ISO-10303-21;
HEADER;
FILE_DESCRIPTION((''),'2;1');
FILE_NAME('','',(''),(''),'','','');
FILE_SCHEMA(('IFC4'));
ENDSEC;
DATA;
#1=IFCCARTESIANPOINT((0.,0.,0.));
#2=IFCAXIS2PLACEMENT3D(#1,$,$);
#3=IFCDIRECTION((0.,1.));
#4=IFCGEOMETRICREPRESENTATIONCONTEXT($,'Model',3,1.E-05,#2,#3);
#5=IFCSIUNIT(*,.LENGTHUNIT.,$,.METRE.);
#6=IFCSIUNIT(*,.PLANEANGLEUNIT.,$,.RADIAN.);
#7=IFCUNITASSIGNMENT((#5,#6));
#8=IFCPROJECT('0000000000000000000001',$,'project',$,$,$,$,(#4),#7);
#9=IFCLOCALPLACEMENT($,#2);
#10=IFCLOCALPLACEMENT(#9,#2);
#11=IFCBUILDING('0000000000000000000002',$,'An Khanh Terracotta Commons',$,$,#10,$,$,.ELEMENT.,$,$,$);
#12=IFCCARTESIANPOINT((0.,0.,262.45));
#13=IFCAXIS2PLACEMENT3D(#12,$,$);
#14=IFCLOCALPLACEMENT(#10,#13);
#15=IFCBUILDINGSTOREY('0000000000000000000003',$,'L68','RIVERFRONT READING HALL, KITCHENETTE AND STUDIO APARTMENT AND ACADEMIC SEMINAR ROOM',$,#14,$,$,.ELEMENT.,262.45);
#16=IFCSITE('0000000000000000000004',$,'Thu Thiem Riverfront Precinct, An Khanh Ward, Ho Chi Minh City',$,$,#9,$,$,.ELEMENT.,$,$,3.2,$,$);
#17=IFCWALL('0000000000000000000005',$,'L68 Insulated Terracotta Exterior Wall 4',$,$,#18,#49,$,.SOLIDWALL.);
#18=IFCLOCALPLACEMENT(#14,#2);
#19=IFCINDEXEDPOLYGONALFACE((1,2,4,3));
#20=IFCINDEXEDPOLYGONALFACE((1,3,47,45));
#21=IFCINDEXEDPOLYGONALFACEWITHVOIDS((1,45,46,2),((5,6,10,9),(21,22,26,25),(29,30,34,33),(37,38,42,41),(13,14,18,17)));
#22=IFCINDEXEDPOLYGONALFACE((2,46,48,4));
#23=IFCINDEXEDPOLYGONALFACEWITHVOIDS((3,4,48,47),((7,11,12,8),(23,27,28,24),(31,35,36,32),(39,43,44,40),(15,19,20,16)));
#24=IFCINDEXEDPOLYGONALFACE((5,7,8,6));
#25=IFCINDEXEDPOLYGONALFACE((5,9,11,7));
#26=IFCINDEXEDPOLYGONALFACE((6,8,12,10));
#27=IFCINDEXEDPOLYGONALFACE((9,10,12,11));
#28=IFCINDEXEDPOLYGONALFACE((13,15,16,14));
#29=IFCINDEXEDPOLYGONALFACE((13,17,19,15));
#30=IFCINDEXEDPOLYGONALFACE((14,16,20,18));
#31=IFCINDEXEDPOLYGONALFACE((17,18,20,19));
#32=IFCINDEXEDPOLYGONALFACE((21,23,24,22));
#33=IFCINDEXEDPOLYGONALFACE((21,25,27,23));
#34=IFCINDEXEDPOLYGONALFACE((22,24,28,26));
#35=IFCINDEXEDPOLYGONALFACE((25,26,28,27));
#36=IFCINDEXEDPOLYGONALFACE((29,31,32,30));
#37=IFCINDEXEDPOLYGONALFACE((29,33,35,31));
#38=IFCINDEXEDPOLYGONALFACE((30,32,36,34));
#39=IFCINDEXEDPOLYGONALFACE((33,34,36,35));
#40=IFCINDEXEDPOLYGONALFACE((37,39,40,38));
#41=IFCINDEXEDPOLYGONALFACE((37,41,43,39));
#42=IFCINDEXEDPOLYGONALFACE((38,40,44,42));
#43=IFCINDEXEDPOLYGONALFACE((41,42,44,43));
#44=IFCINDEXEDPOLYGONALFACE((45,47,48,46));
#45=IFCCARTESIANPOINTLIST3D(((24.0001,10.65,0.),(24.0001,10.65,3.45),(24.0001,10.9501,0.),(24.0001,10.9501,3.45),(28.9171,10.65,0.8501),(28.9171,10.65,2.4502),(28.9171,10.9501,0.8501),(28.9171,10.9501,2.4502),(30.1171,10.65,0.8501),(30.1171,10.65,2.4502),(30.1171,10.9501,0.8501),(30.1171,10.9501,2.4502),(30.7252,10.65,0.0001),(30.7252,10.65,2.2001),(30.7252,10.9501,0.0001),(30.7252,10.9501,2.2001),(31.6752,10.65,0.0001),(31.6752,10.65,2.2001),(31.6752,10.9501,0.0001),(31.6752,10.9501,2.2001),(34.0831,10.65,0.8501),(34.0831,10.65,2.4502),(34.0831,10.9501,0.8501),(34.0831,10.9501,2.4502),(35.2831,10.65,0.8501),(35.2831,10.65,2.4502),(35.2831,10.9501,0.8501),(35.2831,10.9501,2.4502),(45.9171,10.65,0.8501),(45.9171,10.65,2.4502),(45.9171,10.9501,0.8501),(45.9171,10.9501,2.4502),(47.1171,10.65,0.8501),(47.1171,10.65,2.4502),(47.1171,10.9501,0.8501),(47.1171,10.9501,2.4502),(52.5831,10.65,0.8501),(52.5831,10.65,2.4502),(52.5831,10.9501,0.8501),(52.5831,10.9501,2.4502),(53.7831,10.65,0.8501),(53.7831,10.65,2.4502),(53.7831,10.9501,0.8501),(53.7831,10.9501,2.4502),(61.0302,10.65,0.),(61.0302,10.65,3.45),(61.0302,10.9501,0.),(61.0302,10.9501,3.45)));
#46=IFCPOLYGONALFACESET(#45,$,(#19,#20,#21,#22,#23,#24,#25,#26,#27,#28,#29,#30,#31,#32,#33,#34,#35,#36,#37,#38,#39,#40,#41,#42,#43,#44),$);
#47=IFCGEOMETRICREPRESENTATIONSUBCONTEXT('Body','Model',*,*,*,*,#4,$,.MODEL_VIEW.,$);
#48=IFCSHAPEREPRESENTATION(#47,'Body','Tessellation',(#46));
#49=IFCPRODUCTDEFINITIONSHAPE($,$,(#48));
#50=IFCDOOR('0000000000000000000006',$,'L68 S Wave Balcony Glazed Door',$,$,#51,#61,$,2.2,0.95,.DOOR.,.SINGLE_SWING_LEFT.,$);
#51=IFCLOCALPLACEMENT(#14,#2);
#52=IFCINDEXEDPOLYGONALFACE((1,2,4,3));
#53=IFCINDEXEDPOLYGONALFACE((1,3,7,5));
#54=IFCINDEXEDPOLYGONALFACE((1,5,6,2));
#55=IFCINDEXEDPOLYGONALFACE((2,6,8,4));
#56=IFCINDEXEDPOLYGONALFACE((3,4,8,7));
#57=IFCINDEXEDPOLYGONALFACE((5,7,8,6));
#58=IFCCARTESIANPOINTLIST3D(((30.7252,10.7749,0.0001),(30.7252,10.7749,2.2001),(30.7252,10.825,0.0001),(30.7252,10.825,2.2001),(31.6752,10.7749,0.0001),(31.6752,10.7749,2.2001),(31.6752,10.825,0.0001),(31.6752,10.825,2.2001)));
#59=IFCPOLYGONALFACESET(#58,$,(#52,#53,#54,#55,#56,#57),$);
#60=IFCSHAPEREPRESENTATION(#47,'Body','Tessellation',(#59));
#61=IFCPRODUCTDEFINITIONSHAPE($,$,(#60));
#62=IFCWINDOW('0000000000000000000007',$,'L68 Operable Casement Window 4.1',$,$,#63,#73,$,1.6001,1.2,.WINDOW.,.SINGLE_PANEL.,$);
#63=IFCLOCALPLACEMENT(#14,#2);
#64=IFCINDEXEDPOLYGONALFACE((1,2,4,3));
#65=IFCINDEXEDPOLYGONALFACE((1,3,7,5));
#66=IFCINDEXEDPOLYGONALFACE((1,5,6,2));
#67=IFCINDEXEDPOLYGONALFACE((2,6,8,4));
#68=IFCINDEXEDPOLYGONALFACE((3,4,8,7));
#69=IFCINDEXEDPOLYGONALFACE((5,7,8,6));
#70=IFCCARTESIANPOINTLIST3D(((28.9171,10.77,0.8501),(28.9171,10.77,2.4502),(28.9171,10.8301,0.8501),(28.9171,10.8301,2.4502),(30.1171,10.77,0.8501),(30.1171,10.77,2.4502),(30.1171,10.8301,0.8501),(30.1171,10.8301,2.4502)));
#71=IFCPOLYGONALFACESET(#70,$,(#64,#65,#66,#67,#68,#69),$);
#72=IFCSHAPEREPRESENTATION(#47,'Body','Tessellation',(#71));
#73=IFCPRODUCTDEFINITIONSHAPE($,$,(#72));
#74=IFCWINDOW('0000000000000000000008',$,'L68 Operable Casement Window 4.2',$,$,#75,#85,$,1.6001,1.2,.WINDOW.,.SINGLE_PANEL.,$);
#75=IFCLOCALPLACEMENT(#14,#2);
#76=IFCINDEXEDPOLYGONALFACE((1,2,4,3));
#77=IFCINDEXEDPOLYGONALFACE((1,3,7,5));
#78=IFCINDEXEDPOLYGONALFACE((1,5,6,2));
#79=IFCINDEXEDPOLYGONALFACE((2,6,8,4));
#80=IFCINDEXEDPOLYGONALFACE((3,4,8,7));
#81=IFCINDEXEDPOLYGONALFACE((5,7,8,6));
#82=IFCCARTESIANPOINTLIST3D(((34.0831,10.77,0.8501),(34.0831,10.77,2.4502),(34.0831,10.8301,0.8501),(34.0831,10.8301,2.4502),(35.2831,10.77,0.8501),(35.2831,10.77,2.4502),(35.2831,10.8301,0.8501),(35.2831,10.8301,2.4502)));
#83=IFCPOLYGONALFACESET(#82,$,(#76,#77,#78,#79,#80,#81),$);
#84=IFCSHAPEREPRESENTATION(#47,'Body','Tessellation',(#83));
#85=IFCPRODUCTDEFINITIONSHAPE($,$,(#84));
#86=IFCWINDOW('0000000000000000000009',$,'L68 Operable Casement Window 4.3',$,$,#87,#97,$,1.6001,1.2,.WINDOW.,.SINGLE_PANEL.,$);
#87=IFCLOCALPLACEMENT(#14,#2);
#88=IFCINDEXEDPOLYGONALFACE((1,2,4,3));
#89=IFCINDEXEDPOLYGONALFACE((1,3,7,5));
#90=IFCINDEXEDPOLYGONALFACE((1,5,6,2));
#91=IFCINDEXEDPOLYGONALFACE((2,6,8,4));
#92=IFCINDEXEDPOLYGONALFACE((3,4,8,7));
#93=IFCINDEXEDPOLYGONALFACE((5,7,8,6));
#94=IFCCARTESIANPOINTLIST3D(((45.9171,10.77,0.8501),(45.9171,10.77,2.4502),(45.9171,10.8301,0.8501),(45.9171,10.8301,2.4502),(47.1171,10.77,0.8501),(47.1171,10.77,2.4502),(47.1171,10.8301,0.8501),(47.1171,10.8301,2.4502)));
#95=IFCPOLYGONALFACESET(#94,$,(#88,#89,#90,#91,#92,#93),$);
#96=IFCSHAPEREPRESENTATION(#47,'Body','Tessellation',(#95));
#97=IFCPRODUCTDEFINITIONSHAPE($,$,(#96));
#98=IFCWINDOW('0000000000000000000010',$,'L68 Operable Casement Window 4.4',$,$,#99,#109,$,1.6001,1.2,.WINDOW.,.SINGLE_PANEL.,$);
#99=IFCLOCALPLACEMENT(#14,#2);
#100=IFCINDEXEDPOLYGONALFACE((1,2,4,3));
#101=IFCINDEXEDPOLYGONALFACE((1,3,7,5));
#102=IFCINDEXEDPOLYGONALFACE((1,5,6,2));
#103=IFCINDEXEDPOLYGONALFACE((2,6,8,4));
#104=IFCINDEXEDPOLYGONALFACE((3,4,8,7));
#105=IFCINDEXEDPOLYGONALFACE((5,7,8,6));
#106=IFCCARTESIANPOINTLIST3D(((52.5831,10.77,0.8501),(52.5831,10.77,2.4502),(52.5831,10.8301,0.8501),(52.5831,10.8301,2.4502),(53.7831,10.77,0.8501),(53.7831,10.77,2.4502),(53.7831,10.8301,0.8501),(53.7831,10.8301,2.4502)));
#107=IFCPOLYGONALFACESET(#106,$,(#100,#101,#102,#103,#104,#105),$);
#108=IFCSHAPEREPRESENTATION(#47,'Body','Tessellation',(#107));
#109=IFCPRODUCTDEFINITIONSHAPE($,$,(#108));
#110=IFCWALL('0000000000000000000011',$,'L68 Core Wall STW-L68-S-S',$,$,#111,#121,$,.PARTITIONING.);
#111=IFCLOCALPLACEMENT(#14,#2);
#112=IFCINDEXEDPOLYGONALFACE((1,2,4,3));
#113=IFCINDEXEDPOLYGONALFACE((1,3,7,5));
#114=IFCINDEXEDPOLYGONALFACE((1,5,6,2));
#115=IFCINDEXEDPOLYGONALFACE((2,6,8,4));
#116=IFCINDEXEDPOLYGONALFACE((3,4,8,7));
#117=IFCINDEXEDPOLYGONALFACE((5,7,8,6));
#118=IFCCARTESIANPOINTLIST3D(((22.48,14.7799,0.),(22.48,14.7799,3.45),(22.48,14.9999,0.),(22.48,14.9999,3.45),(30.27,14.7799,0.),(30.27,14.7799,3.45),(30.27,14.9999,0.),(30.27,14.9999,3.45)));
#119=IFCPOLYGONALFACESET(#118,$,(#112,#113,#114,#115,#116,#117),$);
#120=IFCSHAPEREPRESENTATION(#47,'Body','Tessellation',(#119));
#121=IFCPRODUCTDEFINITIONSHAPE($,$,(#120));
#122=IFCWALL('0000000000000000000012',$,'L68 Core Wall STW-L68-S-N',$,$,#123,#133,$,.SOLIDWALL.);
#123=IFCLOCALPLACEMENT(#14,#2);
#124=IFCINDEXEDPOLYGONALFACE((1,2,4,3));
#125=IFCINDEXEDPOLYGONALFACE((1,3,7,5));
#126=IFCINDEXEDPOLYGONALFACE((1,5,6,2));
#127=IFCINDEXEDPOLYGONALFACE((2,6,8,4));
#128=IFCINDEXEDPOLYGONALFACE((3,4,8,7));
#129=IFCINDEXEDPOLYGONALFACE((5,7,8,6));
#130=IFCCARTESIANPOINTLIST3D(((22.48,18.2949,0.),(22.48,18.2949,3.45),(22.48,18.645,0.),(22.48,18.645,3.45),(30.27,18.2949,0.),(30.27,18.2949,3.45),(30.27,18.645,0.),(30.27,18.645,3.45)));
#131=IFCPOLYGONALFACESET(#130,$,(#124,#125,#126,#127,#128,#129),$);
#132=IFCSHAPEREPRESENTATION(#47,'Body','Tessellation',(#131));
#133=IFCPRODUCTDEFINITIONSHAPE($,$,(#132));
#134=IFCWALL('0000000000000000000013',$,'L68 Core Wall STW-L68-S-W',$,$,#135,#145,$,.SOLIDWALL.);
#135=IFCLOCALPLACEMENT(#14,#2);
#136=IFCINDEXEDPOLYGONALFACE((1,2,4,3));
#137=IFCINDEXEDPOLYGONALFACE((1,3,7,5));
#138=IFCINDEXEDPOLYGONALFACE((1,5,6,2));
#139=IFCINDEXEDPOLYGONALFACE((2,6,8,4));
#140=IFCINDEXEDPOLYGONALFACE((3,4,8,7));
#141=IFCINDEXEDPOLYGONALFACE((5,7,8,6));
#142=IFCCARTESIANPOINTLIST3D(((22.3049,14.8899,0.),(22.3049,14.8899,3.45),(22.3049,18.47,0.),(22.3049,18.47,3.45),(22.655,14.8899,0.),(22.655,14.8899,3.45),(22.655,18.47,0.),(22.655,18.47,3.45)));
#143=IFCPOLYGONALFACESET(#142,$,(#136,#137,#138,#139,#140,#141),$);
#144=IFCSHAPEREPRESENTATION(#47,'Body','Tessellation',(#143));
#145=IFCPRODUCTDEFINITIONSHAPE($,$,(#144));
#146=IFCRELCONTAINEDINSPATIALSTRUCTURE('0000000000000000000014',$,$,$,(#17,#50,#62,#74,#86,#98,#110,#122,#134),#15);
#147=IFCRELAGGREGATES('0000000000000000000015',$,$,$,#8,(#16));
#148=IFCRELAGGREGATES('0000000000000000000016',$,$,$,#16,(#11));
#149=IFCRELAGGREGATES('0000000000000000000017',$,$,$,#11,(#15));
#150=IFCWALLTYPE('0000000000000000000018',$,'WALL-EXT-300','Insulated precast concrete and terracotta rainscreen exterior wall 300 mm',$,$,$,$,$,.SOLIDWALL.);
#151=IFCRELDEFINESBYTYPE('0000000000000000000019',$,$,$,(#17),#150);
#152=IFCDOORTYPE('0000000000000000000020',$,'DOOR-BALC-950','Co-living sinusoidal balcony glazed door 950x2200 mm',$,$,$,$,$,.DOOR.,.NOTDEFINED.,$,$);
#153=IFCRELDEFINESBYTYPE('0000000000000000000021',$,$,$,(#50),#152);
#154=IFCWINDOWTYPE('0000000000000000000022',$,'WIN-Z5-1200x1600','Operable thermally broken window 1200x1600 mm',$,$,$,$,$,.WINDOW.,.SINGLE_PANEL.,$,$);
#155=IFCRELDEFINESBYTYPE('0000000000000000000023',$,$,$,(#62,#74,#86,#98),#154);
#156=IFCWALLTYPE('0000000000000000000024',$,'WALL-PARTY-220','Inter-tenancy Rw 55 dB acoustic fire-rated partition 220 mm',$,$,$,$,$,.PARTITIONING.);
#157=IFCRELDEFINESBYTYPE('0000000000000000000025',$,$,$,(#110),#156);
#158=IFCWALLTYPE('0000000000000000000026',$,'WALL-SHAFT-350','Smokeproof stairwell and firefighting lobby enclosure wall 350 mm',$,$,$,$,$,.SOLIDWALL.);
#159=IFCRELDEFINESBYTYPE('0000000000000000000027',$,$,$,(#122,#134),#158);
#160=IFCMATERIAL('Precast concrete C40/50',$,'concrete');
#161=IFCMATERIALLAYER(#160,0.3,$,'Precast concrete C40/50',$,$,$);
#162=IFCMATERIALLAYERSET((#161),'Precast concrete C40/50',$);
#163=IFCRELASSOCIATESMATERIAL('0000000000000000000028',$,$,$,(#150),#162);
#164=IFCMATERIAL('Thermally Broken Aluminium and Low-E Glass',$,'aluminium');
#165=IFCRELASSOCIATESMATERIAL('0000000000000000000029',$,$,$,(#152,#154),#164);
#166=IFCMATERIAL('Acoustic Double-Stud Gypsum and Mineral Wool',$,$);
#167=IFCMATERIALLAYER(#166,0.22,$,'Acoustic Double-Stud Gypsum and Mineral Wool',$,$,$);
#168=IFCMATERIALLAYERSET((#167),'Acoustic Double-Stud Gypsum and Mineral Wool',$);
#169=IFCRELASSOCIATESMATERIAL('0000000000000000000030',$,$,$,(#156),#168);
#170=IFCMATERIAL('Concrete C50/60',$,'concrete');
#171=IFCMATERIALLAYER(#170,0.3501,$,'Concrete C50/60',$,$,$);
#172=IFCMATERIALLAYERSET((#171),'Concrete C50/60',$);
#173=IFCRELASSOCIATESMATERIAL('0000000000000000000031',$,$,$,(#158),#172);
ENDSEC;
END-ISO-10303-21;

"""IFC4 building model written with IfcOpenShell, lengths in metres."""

from ifc_helpers import new_model, si_unit, direction, frame, frame_2d, origin, place, context, subcontext, project, spatial, rectangle, extrude, material, layer, layer_set, type_object, element, fill, save


model = new_model("IFC4")

# Units and contexts
model_context = context("Model", 3, precision=1e-05, world=origin(), true_north=direction((0.0, 1.0)))
body_context = subcontext(model_context, "Body", "Model", "MODEL_VIEW")
ifc_project = project(units=[si_unit("LENGTHUNIT", "METRE"), si_unit("PLANEANGLEUNIT", "RADIAN")], contexts=[model_context])

# Site, building, storey
site_placement = place(None, origin())
site = spatial("IfcSite", under=ifc_project, at=site_placement, Name="Thu Thiem Riverfront Precinct, An Khanh Ward, Ho Chi Minh City", CompositionType="ELEMENT", RefElevation=3.2)
building_placement = place(site_placement, origin())
building = spatial("IfcBuilding", under=site, at=building_placement, Name="An Khanh Terracotta Commons", CompositionType="ELEMENT")
storey_placement = place(building_placement, frame((0.0, 0.0, 262.45)))
storey = spatial("IfcBuildingStorey", under=building, at=storey_placement, Name="L68", Description="RIVERFRONT READING HALL, KITCHENETTE AND STUDIO APARTMENT AND ACADEMIC SEMINAR ROOM", CompositionType="ELEMENT", Elevation=262.45)

# Shared definitions
ifc_material_1 = material(Name="Concrete C50/60", Category="concrete")

# Shared definitions
ifc_material_2 = material(Name="Precast concrete C40/50", Category="concrete")

# Shared definitions
ifc_layer_1 = layer(ifc_material_2, 0.3, Name="Precast concrete C40/50")
ifc_layer_set_1 = layer_set([ifc_layer_1], Name="Precast concrete C40/50")
wall_type_1 = type_object("IfcWallType", Name="WALL-EXT-300", Description="Insulated precast concrete and terracotta rainscreen exterior wall 300 mm", PredefinedType="SOLIDWALL", material=ifc_layer_set_1)

# Wall, openings, door, windows
wall_1_placement = place(storey_placement, frame((24.0, 10.8, 0.0), z_axis=(0.0, 0.0, 1.0), x_axis=(1.0, 0.0, 0.0)))
wall_1 = element("IfcWall", 1, at=wall_1_placement, inside=storey, type_object=wall_type_1, Name="L68 Insulated Terracotta Exterior Wall 4", PredefinedType="SOLIDWALL", context=body_context, shape_type="SweptSolid", body=[
    extrude(rectangle(XDim=37.03, YDim=0.3, at=frame_2d((18.5151, 0.0))), origin(), (0.0, 0.0, 1.0), 3.45),
])
opening_1_placement = place(wall_1_placement, frame((6.7251, 0.0, 0.0)))
opening_1 = element("IfcOpeningElement", 2, at=opening_1_placement, cuts=wall_1, PredefinedType="OPENING", context=body_context, shape_type="SweptSolid", body=[
    extrude(rectangle(XDim=0.95, YDim=2.2, at=frame_2d((0.4751, 1.1001))), frame((0.0, 0.1599, 0.0), z_axis=(0.0, -1.0, 0.0), x_axis=(1.0, 0.0, 0.0)), (0.0, 0.0, 1.0), 0.3201),
])
opening_2_placement = place(wall_1_placement, frame((4.917, 0.0, 0.8501)))
opening_2 = element("IfcOpeningElement", 3, at=opening_2_placement, cuts=wall_1, PredefinedType="OPENING", context=body_context, shape_type="SweptSolid", body=[
    extrude(rectangle(XDim=1.2, YDim=1.6001, at=frame_2d((0.6001, 0.8))), frame((0.0, 0.1599, 0.0), z_axis=(0.0, -1.0, 0.0), x_axis=(1.0, 0.0, 0.0)), (0.0, 0.0, 1.0), 0.3201),
])
opening_3_placement = place(wall_1_placement, frame((10.083, 0.0, 0.8501)))
opening_3 = element("IfcOpeningElement", 4, at=opening_3_placement, cuts=wall_1, PredefinedType="OPENING", context=body_context, shape_type="SweptSolid", body=[
    extrude(rectangle(XDim=1.2, YDim=1.6001, at=frame_2d((0.6001, 0.8))), frame((0.0, 0.1599, 0.0), z_axis=(0.0, -1.0, 0.0), x_axis=(1.0, 0.0, 0.0)), (0.0, 0.0, 1.0), 0.3201),
])
opening_4_placement = place(wall_1_placement, frame((21.917, 0.0, 0.8501)))
opening_4 = element("IfcOpeningElement", 5, at=opening_4_placement, cuts=wall_1, PredefinedType="OPENING", context=body_context, shape_type="SweptSolid", body=[
    extrude(rectangle(XDim=1.2, YDim=1.6001, at=frame_2d((0.6001, 0.8))), frame((0.0, 0.1599, 0.0), z_axis=(0.0, -1.0, 0.0), x_axis=(1.0, 0.0, 0.0)), (0.0, 0.0, 1.0), 0.3201),
])
opening_5_placement = place(wall_1_placement, frame((28.583, 0.0, 0.8501)))
opening_5 = element("IfcOpeningElement", 6, at=opening_5_placement, cuts=wall_1, PredefinedType="OPENING", context=body_context, shape_type="SweptSolid", body=[
    extrude(rectangle(XDim=1.2, YDim=1.6001, at=frame_2d((0.6001, 0.8))), frame((0.0, 0.1599, 0.0), z_axis=(0.0, -1.0, 0.0), x_axis=(1.0, 0.0, 0.0)), (0.0, 0.0, 1.0), 0.3201),
])
ifc_material_3 = material(Name="Thermally Broken Aluminium and Low-E Glass", Category="aluminium")
door_type = type_object("IfcDoorType", Name="DOOR-BALC-950", Description="Co-living sinusoidal balcony glazed door 950x2200 mm", OperationType="NOTDEFINED", PredefinedType="DOOR", material=ifc_material_3)
door_placement = place(opening_1_placement, origin())
door = element("IfcDoor", 7, at=door_placement, inside=storey, type_object=door_type, Name="L68 S Wave Balcony Glazed Door", OperationType="SINGLE_SWING_LEFT", OverallHeight=2.2, OverallWidth=0.95, PredefinedType="DOOR", context=body_context, shape_type="SweptSolid", body=[
    extrude(rectangle(XDim=0.95, YDim=2.2, at=frame_2d((0.4751, 1.1001))), frame((0.0, 0.0249, 0.0), z_axis=(0.0, -1.0, 0.0), x_axis=(1.0, 0.0, 0.0)), (0.0, 0.0, 1.0), 0.05),
])
fill(opening_1, door)
window_type = type_object("IfcWindowType", Name="WIN-Z5-1200x1600", Description="Operable thermally broken window 1200x1600 mm", PartitioningType="SINGLE_PANEL", PredefinedType="WINDOW", material=ifc_material_3)
window_1_placement = place(opening_2_placement, origin())
window_1 = element("IfcWindow", 8, at=window_1_placement, inside=storey, type_object=window_type, Name="L68 Operable Casement Window 4.1", OverallHeight=1.6001, OverallWidth=1.2, PartitioningType="SINGLE_PANEL", PredefinedType="WINDOW", context=body_context, shape_type="SweptSolid", body=[
    extrude(rectangle(XDim=1.2, YDim=1.6001, at=frame_2d((0.6001, 0.8))), frame((0.0, 0.03, 0.0), z_axis=(0.0, -1.0, 0.0), x_axis=(1.0, 0.0, 0.0)), (0.0, 0.0, 1.0), 0.0601),
])
fill(opening_2, window_1)
window_2_placement = place(opening_3_placement, origin())
window_2 = element("IfcWindow", 9, at=window_2_placement, inside=storey, type_object=window_type, Name="L68 Operable Casement Window 4.2", OverallHeight=1.6001, OverallWidth=1.2, PartitioningType="SINGLE_PANEL", PredefinedType="WINDOW", context=body_context, shape_type="SweptSolid", body=[
    extrude(rectangle(XDim=1.2, YDim=1.6001, at=frame_2d((0.6001, 0.8))), frame((0.0, 0.03, 0.0), z_axis=(0.0, -1.0, 0.0), x_axis=(1.0, 0.0, 0.0)), (0.0, 0.0, 1.0), 0.0601),
])
fill(opening_3, window_2)
window_3_placement = place(opening_4_placement, origin())
window_3 = element("IfcWindow", 10, at=window_3_placement, inside=storey, type_object=window_type, Name="L68 Operable Casement Window 4.3", OverallHeight=1.6001, OverallWidth=1.2, PartitioningType="SINGLE_PANEL", PredefinedType="WINDOW", context=body_context, shape_type="SweptSolid", body=[
    extrude(rectangle(XDim=1.2, YDim=1.6001, at=frame_2d((0.6001, 0.8))), frame((0.0, 0.03, 0.0), z_axis=(0.0, -1.0, 0.0), x_axis=(1.0, 0.0, 0.0)), (0.0, 0.0, 1.0), 0.0601),
])
fill(opening_4, window_3)
window_4_placement = place(opening_5_placement, origin())
window_4 = element("IfcWindow", 11, at=window_4_placement, inside=storey, type_object=window_type, Name="L68 Operable Casement Window 4.4", OverallHeight=1.6001, OverallWidth=1.2, PartitioningType="SINGLE_PANEL", PredefinedType="WINDOW", context=body_context, shape_type="SweptSolid", body=[
    extrude(rectangle(XDim=1.2, YDim=1.6001, at=frame_2d((0.6001, 0.8))), frame((0.0, 0.03, 0.0), z_axis=(0.0, -1.0, 0.0), x_axis=(1.0, 0.0, 0.0)), (0.0, 0.0, 1.0), 0.0601),
])
fill(opening_5, window_4)

# Walls
ifc_material_4 = material(Name="Acoustic Double-Stud Gypsum and Mineral Wool")
ifc_layer_2 = layer(ifc_material_4, 0.22, Name="Acoustic Double-Stud Gypsum and Mineral Wool")
ifc_layer_set_2 = layer_set([ifc_layer_2], Name="Acoustic Double-Stud Gypsum and Mineral Wool")
wall_type_2 = type_object("IfcWallType", Name="WALL-PARTY-220", Description="Inter-tenancy Rw 55 dB acoustic fire-rated partition 220 mm", PredefinedType="PARTITIONING", material=ifc_layer_set_2)
wall_2_placement = place(storey_placement, frame((22.48, 14.8899, 0.0), z_axis=(0.0, 0.0, 1.0), x_axis=(1.0, 0.0, 0.0)))
element("IfcWall", 12, at=wall_2_placement, inside=storey, type_object=wall_type_2, Name="L68 Core Wall STW-L68-S-S", PredefinedType="PARTITIONING", context=body_context, shape_type="SweptSolid", body=[
    extrude(rectangle(XDim=7.79, YDim=0.22, at=frame_2d((3.895, 0.0))), origin(), (0.0, 0.0, 1.0), 3.45),
])
ifc_layer_3 = layer(ifc_material_1, 0.3501, Name="Concrete C50/60")
ifc_layer_set_3 = layer_set([ifc_layer_3], Name="Concrete C50/60")
wall_type_3 = type_object("IfcWallType", Name="WALL-SHAFT-350", Description="Smokeproof stairwell and firefighting lobby enclosure wall 350 mm", PredefinedType="SOLIDWALL", material=ifc_layer_set_3)
wall_3_placement = place(storey_placement, frame((22.48, 18.47, 0.0), z_axis=(0.0, 0.0, 1.0), x_axis=(1.0, 0.0, 0.0)))
element("IfcWall", 13, at=wall_3_placement, inside=storey, type_object=wall_type_3, Name="L68 Core Wall STW-L68-S-N", PredefinedType="SOLIDWALL", context=body_context, shape_type="SweptSolid", body=[
    extrude(rectangle(XDim=7.79, YDim=0.3501, at=frame_2d((3.895, 0.0))), origin(), (0.0, 0.0, 1.0), 3.45),
])
wall_4_placement = place(storey_placement, frame((22.48, 14.8899, 0.0), z_axis=(0.0, 0.0, 1.0), x_axis=(0.0, 1.0, 0.0)))
element("IfcWall", 14, at=wall_4_placement, inside=storey, type_object=wall_type_3, Name="L68 Core Wall STW-L68-S-W", PredefinedType="SOLIDWALL", context=body_context, shape_type="SweptSolid", body=[
    extrude(rectangle(XDim=3.5801, YDim=0.3501, at=frame_2d((1.79, 0.0))), origin(), (0.0, 0.0, 1.0), 3.45),
])

save(model, "model.ifc")
